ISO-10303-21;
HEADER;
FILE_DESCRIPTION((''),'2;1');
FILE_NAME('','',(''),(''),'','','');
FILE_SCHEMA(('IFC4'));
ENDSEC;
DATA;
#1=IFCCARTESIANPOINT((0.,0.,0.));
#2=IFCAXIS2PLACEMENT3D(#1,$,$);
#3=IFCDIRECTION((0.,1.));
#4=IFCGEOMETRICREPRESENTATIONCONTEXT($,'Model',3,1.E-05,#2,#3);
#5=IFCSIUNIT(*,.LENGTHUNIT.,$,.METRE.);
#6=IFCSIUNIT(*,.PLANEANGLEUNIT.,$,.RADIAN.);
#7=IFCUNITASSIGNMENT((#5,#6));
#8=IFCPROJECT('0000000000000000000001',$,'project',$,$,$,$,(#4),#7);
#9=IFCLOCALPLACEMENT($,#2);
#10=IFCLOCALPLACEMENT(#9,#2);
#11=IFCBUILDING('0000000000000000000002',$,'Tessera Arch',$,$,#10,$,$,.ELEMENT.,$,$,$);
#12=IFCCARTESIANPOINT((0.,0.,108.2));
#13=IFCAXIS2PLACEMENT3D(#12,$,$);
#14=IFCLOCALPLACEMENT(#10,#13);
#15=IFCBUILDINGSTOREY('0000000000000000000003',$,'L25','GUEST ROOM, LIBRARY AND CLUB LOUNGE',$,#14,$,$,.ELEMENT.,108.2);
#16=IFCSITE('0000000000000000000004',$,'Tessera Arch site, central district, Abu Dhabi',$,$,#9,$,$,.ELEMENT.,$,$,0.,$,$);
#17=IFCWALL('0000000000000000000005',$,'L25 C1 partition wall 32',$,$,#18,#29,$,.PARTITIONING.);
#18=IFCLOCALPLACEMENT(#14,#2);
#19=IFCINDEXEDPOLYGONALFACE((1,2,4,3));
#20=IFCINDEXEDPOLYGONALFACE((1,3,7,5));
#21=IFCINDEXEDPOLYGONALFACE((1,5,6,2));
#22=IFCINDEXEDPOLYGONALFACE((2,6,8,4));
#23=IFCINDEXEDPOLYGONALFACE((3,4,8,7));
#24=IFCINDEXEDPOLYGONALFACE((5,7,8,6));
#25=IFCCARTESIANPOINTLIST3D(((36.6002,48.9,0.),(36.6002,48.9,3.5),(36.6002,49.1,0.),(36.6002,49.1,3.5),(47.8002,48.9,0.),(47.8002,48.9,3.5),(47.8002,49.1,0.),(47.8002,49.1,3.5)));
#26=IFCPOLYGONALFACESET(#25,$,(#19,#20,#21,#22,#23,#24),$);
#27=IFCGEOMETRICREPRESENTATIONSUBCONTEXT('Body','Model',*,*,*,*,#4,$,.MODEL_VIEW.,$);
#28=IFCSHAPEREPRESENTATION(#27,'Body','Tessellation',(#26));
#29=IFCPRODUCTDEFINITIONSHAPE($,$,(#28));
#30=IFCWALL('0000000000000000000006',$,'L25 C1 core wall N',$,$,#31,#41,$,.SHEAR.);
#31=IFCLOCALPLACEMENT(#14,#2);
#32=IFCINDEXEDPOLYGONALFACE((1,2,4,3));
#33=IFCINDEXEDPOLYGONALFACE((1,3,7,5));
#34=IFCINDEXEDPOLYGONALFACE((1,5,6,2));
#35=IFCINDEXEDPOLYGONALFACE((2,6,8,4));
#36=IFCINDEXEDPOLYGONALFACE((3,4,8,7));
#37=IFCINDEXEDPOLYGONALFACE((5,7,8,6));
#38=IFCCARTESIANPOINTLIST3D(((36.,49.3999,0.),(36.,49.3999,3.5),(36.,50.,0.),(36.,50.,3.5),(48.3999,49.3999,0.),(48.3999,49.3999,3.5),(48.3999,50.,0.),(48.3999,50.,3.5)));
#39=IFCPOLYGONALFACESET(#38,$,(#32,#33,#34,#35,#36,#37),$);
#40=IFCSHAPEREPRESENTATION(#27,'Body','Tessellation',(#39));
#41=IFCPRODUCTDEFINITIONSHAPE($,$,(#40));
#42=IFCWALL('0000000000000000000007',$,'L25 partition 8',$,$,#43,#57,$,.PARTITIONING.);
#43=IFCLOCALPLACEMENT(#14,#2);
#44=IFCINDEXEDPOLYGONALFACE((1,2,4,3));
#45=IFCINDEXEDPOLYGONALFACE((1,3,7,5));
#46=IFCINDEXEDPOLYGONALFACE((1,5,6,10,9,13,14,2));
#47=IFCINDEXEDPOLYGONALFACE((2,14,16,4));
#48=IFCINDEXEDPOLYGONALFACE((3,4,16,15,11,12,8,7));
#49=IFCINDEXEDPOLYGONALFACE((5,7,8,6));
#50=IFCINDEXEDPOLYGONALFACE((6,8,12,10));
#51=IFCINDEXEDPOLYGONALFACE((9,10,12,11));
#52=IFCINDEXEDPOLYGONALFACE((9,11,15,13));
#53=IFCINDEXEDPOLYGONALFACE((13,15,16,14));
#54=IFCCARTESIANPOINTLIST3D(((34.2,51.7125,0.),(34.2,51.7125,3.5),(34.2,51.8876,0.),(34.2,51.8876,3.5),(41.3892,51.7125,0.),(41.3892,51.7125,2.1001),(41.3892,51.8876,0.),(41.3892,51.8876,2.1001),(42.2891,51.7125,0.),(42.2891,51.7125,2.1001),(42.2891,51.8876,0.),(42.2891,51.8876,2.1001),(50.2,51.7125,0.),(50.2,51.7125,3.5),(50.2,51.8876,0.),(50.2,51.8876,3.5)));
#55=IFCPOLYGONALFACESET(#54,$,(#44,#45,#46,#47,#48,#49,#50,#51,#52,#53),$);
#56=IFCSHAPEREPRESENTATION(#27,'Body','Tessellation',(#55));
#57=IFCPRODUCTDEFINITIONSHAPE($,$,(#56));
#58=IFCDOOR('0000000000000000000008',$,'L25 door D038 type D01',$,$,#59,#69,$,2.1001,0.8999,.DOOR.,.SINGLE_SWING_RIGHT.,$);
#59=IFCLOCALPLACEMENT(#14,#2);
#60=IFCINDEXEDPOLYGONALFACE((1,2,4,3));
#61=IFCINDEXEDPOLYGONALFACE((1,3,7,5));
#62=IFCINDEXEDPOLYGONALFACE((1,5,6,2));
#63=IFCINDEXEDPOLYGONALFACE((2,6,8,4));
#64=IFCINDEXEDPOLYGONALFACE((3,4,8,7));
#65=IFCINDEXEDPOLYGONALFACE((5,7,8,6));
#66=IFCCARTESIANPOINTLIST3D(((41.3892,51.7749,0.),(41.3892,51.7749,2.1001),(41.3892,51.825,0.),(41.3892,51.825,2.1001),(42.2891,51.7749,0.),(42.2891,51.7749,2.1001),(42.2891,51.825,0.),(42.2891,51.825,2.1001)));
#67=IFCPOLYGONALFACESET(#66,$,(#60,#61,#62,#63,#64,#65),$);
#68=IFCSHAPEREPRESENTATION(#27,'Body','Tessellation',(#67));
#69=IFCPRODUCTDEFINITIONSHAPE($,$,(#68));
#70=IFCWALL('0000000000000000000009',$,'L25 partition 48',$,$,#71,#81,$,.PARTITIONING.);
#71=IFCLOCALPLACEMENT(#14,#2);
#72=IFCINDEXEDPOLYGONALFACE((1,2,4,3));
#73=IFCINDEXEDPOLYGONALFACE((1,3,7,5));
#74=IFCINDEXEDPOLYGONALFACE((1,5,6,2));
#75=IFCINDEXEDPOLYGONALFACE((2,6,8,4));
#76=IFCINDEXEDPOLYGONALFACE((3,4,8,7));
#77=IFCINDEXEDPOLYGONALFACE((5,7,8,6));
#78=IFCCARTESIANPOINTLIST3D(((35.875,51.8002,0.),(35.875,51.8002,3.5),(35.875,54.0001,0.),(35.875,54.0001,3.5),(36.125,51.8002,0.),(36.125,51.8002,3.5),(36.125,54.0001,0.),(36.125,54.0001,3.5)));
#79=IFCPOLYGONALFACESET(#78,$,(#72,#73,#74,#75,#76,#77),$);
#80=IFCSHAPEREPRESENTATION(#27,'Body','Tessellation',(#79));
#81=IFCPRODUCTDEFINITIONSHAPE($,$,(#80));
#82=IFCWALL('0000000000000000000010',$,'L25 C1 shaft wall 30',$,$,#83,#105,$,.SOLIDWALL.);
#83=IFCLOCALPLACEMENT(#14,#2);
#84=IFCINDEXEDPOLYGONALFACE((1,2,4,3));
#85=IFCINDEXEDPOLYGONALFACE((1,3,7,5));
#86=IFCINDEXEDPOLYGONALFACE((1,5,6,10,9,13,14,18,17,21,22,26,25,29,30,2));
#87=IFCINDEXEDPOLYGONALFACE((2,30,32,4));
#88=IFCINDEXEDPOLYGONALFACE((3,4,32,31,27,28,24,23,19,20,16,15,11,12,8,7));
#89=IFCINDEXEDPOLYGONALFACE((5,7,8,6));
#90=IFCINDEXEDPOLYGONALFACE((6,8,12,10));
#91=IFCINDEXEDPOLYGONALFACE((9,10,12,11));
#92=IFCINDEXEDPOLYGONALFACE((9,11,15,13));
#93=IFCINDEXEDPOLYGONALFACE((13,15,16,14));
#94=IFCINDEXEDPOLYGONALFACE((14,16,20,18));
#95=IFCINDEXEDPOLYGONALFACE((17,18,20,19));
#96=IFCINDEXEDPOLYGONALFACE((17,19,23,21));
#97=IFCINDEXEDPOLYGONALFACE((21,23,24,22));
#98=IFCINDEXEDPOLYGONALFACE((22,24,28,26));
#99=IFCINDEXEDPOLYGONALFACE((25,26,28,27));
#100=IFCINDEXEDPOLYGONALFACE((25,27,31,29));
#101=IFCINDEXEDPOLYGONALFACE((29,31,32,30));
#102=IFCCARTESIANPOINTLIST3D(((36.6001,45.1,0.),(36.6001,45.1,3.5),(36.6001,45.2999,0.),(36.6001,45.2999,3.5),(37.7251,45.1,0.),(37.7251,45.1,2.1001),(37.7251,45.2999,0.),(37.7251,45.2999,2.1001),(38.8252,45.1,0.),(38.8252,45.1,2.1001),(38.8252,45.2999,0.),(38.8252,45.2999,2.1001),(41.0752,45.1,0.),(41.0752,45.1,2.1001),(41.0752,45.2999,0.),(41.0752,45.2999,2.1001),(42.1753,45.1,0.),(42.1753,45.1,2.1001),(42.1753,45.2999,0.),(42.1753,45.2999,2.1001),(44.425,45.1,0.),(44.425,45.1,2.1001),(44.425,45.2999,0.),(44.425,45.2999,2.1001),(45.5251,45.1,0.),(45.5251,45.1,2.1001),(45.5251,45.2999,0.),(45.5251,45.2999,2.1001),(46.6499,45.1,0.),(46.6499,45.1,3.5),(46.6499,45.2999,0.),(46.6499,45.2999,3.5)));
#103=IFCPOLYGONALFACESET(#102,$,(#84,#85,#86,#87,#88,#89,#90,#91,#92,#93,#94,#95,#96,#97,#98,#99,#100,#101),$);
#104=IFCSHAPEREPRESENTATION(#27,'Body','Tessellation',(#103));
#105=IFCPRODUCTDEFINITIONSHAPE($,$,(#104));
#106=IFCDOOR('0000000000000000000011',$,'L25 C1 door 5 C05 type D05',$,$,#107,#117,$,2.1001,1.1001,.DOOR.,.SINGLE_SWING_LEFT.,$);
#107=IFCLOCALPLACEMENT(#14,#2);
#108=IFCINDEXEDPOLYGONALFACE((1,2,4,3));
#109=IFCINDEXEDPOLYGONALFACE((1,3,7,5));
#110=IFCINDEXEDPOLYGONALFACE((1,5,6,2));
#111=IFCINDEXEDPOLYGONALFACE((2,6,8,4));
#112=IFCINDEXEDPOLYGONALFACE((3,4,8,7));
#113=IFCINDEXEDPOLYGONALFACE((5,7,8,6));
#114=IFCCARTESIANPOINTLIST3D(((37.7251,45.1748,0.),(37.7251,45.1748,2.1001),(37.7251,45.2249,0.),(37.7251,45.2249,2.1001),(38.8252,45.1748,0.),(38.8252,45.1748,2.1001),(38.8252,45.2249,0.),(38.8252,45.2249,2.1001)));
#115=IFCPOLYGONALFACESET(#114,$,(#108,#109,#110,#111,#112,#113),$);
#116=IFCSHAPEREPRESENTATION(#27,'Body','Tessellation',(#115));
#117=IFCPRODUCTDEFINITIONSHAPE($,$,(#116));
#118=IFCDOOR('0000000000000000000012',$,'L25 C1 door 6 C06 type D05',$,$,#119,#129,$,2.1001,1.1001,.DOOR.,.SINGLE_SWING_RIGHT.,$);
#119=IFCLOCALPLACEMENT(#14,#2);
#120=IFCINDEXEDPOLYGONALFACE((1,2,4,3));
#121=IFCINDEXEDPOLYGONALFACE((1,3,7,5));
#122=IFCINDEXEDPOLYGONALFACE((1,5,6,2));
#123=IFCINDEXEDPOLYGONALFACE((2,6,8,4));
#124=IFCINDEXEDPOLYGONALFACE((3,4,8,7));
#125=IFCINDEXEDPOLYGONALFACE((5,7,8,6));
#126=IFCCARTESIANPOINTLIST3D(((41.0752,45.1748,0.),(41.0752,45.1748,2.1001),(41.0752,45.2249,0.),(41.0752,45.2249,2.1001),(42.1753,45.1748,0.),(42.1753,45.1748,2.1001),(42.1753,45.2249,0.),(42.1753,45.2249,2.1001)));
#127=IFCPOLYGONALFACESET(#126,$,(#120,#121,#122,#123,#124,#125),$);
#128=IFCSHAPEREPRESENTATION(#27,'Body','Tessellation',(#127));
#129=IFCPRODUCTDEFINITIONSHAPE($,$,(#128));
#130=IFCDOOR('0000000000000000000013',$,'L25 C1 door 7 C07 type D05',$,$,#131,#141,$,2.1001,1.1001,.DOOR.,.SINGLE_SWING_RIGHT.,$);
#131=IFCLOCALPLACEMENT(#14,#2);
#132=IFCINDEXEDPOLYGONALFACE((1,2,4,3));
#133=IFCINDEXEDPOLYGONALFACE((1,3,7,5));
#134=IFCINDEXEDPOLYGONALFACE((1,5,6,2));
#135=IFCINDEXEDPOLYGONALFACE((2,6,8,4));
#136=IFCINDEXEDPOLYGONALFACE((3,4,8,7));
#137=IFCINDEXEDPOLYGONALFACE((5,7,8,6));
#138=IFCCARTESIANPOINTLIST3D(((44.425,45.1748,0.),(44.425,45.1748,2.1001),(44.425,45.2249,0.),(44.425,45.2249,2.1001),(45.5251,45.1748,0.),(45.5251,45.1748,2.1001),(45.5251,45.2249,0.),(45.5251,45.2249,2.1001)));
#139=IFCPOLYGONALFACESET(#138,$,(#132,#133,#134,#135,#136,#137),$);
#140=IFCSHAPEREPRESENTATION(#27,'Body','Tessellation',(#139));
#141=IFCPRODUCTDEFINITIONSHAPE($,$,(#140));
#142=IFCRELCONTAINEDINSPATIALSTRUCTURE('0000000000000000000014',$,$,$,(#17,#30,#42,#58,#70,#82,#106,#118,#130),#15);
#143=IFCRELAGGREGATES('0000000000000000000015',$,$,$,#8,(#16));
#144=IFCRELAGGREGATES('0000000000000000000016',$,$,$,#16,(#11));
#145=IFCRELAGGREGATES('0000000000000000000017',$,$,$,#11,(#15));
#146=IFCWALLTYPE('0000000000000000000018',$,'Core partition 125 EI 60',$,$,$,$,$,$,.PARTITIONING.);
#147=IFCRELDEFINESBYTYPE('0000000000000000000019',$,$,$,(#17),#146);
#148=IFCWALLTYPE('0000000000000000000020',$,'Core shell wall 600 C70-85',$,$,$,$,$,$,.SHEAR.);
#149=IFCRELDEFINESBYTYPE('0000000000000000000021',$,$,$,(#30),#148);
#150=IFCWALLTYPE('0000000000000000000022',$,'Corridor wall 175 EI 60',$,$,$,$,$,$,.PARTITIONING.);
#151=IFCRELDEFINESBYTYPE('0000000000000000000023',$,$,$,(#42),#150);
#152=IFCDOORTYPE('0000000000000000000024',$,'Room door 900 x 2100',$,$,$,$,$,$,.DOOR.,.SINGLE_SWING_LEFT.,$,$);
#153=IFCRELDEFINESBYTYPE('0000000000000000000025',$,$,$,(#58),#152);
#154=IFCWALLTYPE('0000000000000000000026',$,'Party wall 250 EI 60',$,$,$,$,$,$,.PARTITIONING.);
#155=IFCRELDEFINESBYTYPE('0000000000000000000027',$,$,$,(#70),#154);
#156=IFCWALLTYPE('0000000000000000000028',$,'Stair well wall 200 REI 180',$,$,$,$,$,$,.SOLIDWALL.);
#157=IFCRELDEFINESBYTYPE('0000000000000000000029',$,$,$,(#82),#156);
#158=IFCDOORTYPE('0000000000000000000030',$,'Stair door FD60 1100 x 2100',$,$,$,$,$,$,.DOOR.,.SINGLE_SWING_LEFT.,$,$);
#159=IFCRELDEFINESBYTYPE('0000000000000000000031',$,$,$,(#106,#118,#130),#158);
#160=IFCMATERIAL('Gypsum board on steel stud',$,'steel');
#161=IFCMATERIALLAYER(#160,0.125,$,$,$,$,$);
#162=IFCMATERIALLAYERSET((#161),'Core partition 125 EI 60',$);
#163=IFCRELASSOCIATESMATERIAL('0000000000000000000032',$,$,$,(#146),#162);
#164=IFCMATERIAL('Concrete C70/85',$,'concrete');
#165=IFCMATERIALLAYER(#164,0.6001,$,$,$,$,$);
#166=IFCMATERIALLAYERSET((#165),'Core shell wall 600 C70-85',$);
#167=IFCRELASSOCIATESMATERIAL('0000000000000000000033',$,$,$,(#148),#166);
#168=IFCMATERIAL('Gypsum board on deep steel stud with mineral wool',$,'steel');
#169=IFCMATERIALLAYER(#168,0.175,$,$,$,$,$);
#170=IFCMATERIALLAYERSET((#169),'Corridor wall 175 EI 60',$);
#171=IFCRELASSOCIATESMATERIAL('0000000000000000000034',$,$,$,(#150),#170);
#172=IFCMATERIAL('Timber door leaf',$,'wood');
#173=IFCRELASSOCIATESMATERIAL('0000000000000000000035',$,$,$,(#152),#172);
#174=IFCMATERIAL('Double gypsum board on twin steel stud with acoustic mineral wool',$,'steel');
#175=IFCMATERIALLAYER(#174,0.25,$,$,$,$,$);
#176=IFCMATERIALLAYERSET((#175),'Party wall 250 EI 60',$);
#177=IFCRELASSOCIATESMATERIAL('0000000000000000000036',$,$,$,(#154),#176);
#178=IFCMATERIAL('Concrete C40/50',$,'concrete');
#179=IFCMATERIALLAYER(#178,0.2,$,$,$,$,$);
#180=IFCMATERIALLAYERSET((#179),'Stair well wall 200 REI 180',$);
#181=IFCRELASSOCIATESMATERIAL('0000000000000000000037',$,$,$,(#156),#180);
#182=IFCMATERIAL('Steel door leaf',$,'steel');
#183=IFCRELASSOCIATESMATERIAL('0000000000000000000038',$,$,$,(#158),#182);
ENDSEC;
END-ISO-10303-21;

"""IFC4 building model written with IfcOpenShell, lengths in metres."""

from ifc_helpers import new_model, si_unit, direction, frame, frame_2d, origin, place, context, subcontext, project, spatial, rectangle, extrude, material, layer, layer_set, type_object, element, fill, save


model = new_model("IFC4")

# Units and contexts
model_context = context("Model", 3, precision=1e-05, world=origin(), true_north=direction((0.0, 1.0)))
body_context = subcontext(model_context, "Body", "Model", "MODEL_VIEW")
ifc_project = project(units=[si_unit("LENGTHUNIT", "METRE"), si_unit("PLANEANGLEUNIT", "RADIAN")], contexts=[model_context])

# Site, building, storey
site_placement = place(None, origin())
site = spatial("IfcSite", under=ifc_project, at=site_placement, Name="Tessera Arch site, central district, Abu Dhabi", CompositionType="ELEMENT", RefElevation=0.0)
building_placement = place(site_placement, origin())
building = spatial("IfcBuilding", under=site, at=building_placement, Name="Tessera Arch", CompositionType="ELEMENT")
storey_placement = place(building_placement, frame((0.0, 0.0, 108.2)))
storey = spatial("IfcBuildingStorey", under=building, at=storey_placement, Name="L25", Description="GUEST ROOM, LIBRARY AND CLUB LOUNGE", CompositionType="ELEMENT", Elevation=108.2)

# Shared definitions
ifc_material_1 = material(Name="Gypsum board on steel stud", Category="steel")
ifc_layer_1 = layer(ifc_material_1, 0.125)
ifc_layer_set_1 = layer_set([ifc_layer_1], Name="Core partition 125 EI 60")
wall_type_1 = type_object("IfcWallType", Name="Core partition 125 EI 60", PredefinedType="PARTITIONING", material=ifc_layer_set_1)

# Walls
wall_1_placement = place(storey_placement, frame((36.6001, 49.0, 0.0), z_axis=(0.0, 0.0, 1.0), x_axis=(1.0, 0.0, 0.0)))
element("IfcWall", 1, at=wall_1_placement, inside=storey, type_object=wall_type_1, Name="L25 C1 partition wall 32", PredefinedType="PARTITIONING", context=body_context, shape_type="SweptSolid", body=[
    extrude(rectangle(XDim=11.2, YDim=0.2, at=frame_2d((5.6001, 0.0))), origin(), (0.0, 0.0, 1.0), 3.5),
])
ifc_material_2 = material(Name="Concrete C70/85", Category="concrete")
ifc_layer_2 = layer(ifc_material_2, 0.6001)
ifc_layer_set_2 = layer_set([ifc_layer_2], Name="Core shell wall 600 C70-85")
wall_type_2 = type_object("IfcWallType", Name="Core shell wall 600 C70-85", PredefinedType="SHEAR", material=ifc_layer_set_2)
wall_2_placement = place(storey_placement, frame((36.0, 49.7, 0.0), z_axis=(0.0, 0.0, 1.0), x_axis=(1.0, 0.0, 0.0)))
element("IfcWall", 2, at=wall_2_placement, inside=storey, type_object=wall_type_2, Name="L25 C1 core wall N", PredefinedType="SHEAR", context=body_context, shape_type="SweptSolid", body=[
    extrude(rectangle(XDim=12.3999, YDim=0.6001, at=frame_2d((6.2, 0.0))), origin(), (0.0, 0.0, 1.0), 3.5),
])

# Wall, opening, door
ifc_material_3 = material(Name="Gypsum board on deep steel stud with mineral wool", Category="steel")
ifc_layer_3 = layer(ifc_material_3, 0.175)
ifc_layer_set_3 = layer_set([ifc_layer_3], Name="Corridor wall 175 EI 60")
wall_type_3 = type_object("IfcWallType", Name="Corridor wall 175 EI 60", PredefinedType="PARTITIONING", material=ifc_layer_set_3)
wall_3_placement = place(storey_placement, frame((34.2, 51.8, 0.0), z_axis=(0.0, 0.0, 1.0), x_axis=(1.0, 0.0, 0.0)))
wall_3 = element("IfcWall", 3, at=wall_3_placement, inside=storey, type_object=wall_type_3, Name="L25 partition 8", PredefinedType="PARTITIONING", context=body_context, shape_type="SweptSolid", body=[
    extrude(rectangle(XDim=16.0, YDim=0.175, at=frame_2d((8.0, 0.0))), origin(), (0.0, 0.0, 1.0), 3.5),
])
opening_1_placement = place(wall_3_placement, frame((7.1892, 0.0, 0.0)))
opening_1 = element("IfcOpeningElement", 4, at=opening_1_placement, cuts=wall_3, PredefinedType="OPENING", context=body_context, shape_type="SweptSolid", body=[
    extrude(rectangle(XDim=0.8999, YDim=2.1001, at=frame_2d((0.45, 1.05))), frame((0.0, 0.0974, 0.0), z_axis=(0.0, -1.0, 0.0), x_axis=(1.0, 0.0, 0.0)), (0.0, 0.0, 1.0), 0.1951),
])
ifc_material_4 = material(Name="Timber door leaf", Category="wood")
door_type_1 = type_object("IfcDoorType", Name="Room door 900 x 2100", OperationType="SINGLE_SWING_LEFT", PredefinedType="DOOR", material=ifc_material_4)
door_1_placement = place(opening_1_placement, origin())
door_1 = element("IfcDoor", 5, at=door_1_placement, inside=storey, type_object=door_type_1, Name="L25 door D038 type D01", OperationType="SINGLE_SWING_RIGHT", OverallHeight=2.1001, OverallWidth=0.8999, PredefinedType="DOOR", context=body_context, shape_type="SweptSolid", body=[
    extrude(rectangle(XDim=0.8999, YDim=2.1001, at=frame_2d((0.45, 1.05))), frame((0.0, 0.0249, 0.0), z_axis=(0.0, -1.0, 0.0), x_axis=(1.0, 0.0, 0.0)), (0.0, 0.0, 1.0), 0.05),
])
fill(opening_1, door_1)

# Wall
ifc_material_5 = material(Name="Double gypsum board on twin steel stud with acoustic mineral wool", Category="steel")
ifc_layer_4 = layer(ifc_material_5, 0.25)
ifc_layer_set_4 = layer_set([ifc_layer_4], Name="Party wall 250 EI 60")
wall_type_4 = type_object("IfcWallType", Name="Party wall 250 EI 60", PredefinedType="PARTITIONING", material=ifc_layer_set_4)
wall_4_placement = place(storey_placement, frame((36.0, 51.8, 0.0), z_axis=(0.0, 0.0, 1.0), x_axis=(0.0, 1.0, 0.0)))
element("IfcWall", 6, at=wall_4_placement, inside=storey, type_object=wall_type_4, Name="L25 partition 48", PredefinedType="PARTITIONING", context=body_context, shape_type="SweptSolid", body=[
    extrude(rectangle(XDim=2.2, YDim=0.25, at=frame_2d((1.1001, 0.0))), origin(), (0.0, 0.0, 1.0), 3.5),
])

# Wall, openings, doors
ifc_material_6 = material(Name="Concrete C40/50", Category="concrete")
ifc_layer_5 = layer(ifc_material_6, 0.2)
ifc_layer_set_5 = layer_set([ifc_layer_5], Name="Stair well wall 200 REI 180")
wall_type_5 = type_object("IfcWallType", Name="Stair well wall 200 REI 180", PredefinedType="SOLIDWALL", material=ifc_layer_set_5)
wall_5_placement = place(storey_placement, frame((36.6001, 45.2, 0.0), z_axis=(0.0, 0.0, 1.0), x_axis=(1.0, 0.0, 0.0)))
wall_5 = element("IfcWall", 7, at=wall_5_placement, inside=storey, type_object=wall_type_5, Name="L25 C1 shaft wall 30", PredefinedType="SOLIDWALL", context=body_context, shape_type="SweptSolid", body=[
    extrude(rectangle(XDim=10.0498, YDim=0.2, at=frame_2d((5.0249, 0.0))), origin(), (0.0, 0.0, 1.0), 3.5),
])
opening_2_placement = place(wall_5_placement, frame((1.125, 0.0, 0.0)))
opening_2 = element("IfcOpeningElement", 8, at=opening_2_placement, cuts=wall_5, PredefinedType="OPENING", context=body_context, shape_type="SweptSolid", body=[
    extrude(rectangle(XDim=1.1001, YDim=2.1001, at=frame_2d((0.55, 1.05))), frame((0.0, 0.1099, 0.0), z_axis=(0.0, -1.0, 0.0), x_axis=(1.0, 0.0, 0.0)), (0.0, 0.0, 1.0), 0.22),
])
opening_3_placement = place(wall_5_placement, frame((4.4751, 0.0, 0.0)))
opening_3 = element("IfcOpeningElement", 9, at=opening_3_placement, cuts=wall_5, PredefinedType="OPENING", context=body_context, shape_type="SweptSolid", body=[
    extrude(rectangle(XDim=1.1001, YDim=2.1001, at=frame_2d((0.55, 1.05))), frame((0.0, 0.1099, 0.0), z_axis=(0.0, -1.0, 0.0), x_axis=(1.0, 0.0, 0.0)), (0.0, 0.0, 1.0), 0.22),
])
opening_4_placement = place(wall_5_placement, frame((7.825, 0.0, 0.0)))
opening_4 = element("IfcOpeningElement", 10, at=opening_4_placement, cuts=wall_5, PredefinedType="OPENING", context=body_context, shape_type="SweptSolid", body=[
    extrude(rectangle(XDim=1.1001, YDim=2.1001, at=frame_2d((0.55, 1.05))), frame((0.0, 0.1099, 0.0), z_axis=(0.0, -1.0, 0.0), x_axis=(1.0, 0.0, 0.0)), (0.0, 0.0, 1.0), 0.22),
])
ifc_material_7 = material(Name="Steel door leaf", Category="steel")
door_type_2 = type_object("IfcDoorType", Name="Stair door FD60 1100 x 2100", OperationType="SINGLE_SWING_LEFT", PredefinedType="DOOR", material=ifc_material_7)
door_2_placement = place(opening_2_placement, origin())
door_2 = element("IfcDoor", 11, at=door_2_placement, inside=storey, type_object=door_type_2, Name="L25 C1 door 5 C05 type D05", OperationType="SINGLE_SWING_LEFT", OverallHeight=2.1001, OverallWidth=1.1001, PredefinedType="DOOR", context=body_context, shape_type="SweptSolid", body=[
    extrude(rectangle(XDim=1.1001, YDim=2.1001, at=frame_2d((0.55, 1.05))), frame((0.0, 0.0249, 0.0), z_axis=(0.0, -1.0, 0.0), x_axis=(1.0, 0.0, 0.0)), (0.0, 0.0, 1.0), 0.05),
])
fill(opening_2, door_2)
door_3_placement = place(opening_3_placement, origin())
door_3 = element("IfcDoor", 12, at=door_3_placement, inside=storey, type_object=door_type_2, Name="L25 C1 door 6 C06 type D05", OperationType="SINGLE_SWING_RIGHT", OverallHeight=2.1001, OverallWidth=1.1001, PredefinedType="DOOR", context=body_context, shape_type="SweptSolid", body=[
    extrude(rectangle(XDim=1.1001, YDim=2.1001, at=frame_2d((0.55, 1.05))), frame((0.0, 0.0249, 0.0), z_axis=(0.0, -1.0, 0.0), x_axis=(1.0, 0.0, 0.0)), (0.0, 0.0, 1.0), 0.05),
])
fill(opening_3, door_3)
door_4_placement = place(opening_4_placement, origin())
door_4 = element("IfcDoor", 13, at=door_4_placement, inside=storey, type_object=door_type_2, Name="L25 C1 door 7 C07 type D05", OperationType="SINGLE_SWING_RIGHT", OverallHeight=2.1001, OverallWidth=1.1001, PredefinedType="DOOR", context=body_context, shape_type="SweptSolid", body=[
    extrude(rectangle(XDim=1.1001, YDim=2.1001, at=frame_2d((0.55, 1.05))), frame((0.0, 0.0249, 0.0), z_axis=(0.0, -1.0, 0.0), x_axis=(1.0, 0.0, 0.0)), (0.0, 0.0, 1.0), 0.05),
])
fill(opening_4, door_4)

save(model, "model.ifc")
